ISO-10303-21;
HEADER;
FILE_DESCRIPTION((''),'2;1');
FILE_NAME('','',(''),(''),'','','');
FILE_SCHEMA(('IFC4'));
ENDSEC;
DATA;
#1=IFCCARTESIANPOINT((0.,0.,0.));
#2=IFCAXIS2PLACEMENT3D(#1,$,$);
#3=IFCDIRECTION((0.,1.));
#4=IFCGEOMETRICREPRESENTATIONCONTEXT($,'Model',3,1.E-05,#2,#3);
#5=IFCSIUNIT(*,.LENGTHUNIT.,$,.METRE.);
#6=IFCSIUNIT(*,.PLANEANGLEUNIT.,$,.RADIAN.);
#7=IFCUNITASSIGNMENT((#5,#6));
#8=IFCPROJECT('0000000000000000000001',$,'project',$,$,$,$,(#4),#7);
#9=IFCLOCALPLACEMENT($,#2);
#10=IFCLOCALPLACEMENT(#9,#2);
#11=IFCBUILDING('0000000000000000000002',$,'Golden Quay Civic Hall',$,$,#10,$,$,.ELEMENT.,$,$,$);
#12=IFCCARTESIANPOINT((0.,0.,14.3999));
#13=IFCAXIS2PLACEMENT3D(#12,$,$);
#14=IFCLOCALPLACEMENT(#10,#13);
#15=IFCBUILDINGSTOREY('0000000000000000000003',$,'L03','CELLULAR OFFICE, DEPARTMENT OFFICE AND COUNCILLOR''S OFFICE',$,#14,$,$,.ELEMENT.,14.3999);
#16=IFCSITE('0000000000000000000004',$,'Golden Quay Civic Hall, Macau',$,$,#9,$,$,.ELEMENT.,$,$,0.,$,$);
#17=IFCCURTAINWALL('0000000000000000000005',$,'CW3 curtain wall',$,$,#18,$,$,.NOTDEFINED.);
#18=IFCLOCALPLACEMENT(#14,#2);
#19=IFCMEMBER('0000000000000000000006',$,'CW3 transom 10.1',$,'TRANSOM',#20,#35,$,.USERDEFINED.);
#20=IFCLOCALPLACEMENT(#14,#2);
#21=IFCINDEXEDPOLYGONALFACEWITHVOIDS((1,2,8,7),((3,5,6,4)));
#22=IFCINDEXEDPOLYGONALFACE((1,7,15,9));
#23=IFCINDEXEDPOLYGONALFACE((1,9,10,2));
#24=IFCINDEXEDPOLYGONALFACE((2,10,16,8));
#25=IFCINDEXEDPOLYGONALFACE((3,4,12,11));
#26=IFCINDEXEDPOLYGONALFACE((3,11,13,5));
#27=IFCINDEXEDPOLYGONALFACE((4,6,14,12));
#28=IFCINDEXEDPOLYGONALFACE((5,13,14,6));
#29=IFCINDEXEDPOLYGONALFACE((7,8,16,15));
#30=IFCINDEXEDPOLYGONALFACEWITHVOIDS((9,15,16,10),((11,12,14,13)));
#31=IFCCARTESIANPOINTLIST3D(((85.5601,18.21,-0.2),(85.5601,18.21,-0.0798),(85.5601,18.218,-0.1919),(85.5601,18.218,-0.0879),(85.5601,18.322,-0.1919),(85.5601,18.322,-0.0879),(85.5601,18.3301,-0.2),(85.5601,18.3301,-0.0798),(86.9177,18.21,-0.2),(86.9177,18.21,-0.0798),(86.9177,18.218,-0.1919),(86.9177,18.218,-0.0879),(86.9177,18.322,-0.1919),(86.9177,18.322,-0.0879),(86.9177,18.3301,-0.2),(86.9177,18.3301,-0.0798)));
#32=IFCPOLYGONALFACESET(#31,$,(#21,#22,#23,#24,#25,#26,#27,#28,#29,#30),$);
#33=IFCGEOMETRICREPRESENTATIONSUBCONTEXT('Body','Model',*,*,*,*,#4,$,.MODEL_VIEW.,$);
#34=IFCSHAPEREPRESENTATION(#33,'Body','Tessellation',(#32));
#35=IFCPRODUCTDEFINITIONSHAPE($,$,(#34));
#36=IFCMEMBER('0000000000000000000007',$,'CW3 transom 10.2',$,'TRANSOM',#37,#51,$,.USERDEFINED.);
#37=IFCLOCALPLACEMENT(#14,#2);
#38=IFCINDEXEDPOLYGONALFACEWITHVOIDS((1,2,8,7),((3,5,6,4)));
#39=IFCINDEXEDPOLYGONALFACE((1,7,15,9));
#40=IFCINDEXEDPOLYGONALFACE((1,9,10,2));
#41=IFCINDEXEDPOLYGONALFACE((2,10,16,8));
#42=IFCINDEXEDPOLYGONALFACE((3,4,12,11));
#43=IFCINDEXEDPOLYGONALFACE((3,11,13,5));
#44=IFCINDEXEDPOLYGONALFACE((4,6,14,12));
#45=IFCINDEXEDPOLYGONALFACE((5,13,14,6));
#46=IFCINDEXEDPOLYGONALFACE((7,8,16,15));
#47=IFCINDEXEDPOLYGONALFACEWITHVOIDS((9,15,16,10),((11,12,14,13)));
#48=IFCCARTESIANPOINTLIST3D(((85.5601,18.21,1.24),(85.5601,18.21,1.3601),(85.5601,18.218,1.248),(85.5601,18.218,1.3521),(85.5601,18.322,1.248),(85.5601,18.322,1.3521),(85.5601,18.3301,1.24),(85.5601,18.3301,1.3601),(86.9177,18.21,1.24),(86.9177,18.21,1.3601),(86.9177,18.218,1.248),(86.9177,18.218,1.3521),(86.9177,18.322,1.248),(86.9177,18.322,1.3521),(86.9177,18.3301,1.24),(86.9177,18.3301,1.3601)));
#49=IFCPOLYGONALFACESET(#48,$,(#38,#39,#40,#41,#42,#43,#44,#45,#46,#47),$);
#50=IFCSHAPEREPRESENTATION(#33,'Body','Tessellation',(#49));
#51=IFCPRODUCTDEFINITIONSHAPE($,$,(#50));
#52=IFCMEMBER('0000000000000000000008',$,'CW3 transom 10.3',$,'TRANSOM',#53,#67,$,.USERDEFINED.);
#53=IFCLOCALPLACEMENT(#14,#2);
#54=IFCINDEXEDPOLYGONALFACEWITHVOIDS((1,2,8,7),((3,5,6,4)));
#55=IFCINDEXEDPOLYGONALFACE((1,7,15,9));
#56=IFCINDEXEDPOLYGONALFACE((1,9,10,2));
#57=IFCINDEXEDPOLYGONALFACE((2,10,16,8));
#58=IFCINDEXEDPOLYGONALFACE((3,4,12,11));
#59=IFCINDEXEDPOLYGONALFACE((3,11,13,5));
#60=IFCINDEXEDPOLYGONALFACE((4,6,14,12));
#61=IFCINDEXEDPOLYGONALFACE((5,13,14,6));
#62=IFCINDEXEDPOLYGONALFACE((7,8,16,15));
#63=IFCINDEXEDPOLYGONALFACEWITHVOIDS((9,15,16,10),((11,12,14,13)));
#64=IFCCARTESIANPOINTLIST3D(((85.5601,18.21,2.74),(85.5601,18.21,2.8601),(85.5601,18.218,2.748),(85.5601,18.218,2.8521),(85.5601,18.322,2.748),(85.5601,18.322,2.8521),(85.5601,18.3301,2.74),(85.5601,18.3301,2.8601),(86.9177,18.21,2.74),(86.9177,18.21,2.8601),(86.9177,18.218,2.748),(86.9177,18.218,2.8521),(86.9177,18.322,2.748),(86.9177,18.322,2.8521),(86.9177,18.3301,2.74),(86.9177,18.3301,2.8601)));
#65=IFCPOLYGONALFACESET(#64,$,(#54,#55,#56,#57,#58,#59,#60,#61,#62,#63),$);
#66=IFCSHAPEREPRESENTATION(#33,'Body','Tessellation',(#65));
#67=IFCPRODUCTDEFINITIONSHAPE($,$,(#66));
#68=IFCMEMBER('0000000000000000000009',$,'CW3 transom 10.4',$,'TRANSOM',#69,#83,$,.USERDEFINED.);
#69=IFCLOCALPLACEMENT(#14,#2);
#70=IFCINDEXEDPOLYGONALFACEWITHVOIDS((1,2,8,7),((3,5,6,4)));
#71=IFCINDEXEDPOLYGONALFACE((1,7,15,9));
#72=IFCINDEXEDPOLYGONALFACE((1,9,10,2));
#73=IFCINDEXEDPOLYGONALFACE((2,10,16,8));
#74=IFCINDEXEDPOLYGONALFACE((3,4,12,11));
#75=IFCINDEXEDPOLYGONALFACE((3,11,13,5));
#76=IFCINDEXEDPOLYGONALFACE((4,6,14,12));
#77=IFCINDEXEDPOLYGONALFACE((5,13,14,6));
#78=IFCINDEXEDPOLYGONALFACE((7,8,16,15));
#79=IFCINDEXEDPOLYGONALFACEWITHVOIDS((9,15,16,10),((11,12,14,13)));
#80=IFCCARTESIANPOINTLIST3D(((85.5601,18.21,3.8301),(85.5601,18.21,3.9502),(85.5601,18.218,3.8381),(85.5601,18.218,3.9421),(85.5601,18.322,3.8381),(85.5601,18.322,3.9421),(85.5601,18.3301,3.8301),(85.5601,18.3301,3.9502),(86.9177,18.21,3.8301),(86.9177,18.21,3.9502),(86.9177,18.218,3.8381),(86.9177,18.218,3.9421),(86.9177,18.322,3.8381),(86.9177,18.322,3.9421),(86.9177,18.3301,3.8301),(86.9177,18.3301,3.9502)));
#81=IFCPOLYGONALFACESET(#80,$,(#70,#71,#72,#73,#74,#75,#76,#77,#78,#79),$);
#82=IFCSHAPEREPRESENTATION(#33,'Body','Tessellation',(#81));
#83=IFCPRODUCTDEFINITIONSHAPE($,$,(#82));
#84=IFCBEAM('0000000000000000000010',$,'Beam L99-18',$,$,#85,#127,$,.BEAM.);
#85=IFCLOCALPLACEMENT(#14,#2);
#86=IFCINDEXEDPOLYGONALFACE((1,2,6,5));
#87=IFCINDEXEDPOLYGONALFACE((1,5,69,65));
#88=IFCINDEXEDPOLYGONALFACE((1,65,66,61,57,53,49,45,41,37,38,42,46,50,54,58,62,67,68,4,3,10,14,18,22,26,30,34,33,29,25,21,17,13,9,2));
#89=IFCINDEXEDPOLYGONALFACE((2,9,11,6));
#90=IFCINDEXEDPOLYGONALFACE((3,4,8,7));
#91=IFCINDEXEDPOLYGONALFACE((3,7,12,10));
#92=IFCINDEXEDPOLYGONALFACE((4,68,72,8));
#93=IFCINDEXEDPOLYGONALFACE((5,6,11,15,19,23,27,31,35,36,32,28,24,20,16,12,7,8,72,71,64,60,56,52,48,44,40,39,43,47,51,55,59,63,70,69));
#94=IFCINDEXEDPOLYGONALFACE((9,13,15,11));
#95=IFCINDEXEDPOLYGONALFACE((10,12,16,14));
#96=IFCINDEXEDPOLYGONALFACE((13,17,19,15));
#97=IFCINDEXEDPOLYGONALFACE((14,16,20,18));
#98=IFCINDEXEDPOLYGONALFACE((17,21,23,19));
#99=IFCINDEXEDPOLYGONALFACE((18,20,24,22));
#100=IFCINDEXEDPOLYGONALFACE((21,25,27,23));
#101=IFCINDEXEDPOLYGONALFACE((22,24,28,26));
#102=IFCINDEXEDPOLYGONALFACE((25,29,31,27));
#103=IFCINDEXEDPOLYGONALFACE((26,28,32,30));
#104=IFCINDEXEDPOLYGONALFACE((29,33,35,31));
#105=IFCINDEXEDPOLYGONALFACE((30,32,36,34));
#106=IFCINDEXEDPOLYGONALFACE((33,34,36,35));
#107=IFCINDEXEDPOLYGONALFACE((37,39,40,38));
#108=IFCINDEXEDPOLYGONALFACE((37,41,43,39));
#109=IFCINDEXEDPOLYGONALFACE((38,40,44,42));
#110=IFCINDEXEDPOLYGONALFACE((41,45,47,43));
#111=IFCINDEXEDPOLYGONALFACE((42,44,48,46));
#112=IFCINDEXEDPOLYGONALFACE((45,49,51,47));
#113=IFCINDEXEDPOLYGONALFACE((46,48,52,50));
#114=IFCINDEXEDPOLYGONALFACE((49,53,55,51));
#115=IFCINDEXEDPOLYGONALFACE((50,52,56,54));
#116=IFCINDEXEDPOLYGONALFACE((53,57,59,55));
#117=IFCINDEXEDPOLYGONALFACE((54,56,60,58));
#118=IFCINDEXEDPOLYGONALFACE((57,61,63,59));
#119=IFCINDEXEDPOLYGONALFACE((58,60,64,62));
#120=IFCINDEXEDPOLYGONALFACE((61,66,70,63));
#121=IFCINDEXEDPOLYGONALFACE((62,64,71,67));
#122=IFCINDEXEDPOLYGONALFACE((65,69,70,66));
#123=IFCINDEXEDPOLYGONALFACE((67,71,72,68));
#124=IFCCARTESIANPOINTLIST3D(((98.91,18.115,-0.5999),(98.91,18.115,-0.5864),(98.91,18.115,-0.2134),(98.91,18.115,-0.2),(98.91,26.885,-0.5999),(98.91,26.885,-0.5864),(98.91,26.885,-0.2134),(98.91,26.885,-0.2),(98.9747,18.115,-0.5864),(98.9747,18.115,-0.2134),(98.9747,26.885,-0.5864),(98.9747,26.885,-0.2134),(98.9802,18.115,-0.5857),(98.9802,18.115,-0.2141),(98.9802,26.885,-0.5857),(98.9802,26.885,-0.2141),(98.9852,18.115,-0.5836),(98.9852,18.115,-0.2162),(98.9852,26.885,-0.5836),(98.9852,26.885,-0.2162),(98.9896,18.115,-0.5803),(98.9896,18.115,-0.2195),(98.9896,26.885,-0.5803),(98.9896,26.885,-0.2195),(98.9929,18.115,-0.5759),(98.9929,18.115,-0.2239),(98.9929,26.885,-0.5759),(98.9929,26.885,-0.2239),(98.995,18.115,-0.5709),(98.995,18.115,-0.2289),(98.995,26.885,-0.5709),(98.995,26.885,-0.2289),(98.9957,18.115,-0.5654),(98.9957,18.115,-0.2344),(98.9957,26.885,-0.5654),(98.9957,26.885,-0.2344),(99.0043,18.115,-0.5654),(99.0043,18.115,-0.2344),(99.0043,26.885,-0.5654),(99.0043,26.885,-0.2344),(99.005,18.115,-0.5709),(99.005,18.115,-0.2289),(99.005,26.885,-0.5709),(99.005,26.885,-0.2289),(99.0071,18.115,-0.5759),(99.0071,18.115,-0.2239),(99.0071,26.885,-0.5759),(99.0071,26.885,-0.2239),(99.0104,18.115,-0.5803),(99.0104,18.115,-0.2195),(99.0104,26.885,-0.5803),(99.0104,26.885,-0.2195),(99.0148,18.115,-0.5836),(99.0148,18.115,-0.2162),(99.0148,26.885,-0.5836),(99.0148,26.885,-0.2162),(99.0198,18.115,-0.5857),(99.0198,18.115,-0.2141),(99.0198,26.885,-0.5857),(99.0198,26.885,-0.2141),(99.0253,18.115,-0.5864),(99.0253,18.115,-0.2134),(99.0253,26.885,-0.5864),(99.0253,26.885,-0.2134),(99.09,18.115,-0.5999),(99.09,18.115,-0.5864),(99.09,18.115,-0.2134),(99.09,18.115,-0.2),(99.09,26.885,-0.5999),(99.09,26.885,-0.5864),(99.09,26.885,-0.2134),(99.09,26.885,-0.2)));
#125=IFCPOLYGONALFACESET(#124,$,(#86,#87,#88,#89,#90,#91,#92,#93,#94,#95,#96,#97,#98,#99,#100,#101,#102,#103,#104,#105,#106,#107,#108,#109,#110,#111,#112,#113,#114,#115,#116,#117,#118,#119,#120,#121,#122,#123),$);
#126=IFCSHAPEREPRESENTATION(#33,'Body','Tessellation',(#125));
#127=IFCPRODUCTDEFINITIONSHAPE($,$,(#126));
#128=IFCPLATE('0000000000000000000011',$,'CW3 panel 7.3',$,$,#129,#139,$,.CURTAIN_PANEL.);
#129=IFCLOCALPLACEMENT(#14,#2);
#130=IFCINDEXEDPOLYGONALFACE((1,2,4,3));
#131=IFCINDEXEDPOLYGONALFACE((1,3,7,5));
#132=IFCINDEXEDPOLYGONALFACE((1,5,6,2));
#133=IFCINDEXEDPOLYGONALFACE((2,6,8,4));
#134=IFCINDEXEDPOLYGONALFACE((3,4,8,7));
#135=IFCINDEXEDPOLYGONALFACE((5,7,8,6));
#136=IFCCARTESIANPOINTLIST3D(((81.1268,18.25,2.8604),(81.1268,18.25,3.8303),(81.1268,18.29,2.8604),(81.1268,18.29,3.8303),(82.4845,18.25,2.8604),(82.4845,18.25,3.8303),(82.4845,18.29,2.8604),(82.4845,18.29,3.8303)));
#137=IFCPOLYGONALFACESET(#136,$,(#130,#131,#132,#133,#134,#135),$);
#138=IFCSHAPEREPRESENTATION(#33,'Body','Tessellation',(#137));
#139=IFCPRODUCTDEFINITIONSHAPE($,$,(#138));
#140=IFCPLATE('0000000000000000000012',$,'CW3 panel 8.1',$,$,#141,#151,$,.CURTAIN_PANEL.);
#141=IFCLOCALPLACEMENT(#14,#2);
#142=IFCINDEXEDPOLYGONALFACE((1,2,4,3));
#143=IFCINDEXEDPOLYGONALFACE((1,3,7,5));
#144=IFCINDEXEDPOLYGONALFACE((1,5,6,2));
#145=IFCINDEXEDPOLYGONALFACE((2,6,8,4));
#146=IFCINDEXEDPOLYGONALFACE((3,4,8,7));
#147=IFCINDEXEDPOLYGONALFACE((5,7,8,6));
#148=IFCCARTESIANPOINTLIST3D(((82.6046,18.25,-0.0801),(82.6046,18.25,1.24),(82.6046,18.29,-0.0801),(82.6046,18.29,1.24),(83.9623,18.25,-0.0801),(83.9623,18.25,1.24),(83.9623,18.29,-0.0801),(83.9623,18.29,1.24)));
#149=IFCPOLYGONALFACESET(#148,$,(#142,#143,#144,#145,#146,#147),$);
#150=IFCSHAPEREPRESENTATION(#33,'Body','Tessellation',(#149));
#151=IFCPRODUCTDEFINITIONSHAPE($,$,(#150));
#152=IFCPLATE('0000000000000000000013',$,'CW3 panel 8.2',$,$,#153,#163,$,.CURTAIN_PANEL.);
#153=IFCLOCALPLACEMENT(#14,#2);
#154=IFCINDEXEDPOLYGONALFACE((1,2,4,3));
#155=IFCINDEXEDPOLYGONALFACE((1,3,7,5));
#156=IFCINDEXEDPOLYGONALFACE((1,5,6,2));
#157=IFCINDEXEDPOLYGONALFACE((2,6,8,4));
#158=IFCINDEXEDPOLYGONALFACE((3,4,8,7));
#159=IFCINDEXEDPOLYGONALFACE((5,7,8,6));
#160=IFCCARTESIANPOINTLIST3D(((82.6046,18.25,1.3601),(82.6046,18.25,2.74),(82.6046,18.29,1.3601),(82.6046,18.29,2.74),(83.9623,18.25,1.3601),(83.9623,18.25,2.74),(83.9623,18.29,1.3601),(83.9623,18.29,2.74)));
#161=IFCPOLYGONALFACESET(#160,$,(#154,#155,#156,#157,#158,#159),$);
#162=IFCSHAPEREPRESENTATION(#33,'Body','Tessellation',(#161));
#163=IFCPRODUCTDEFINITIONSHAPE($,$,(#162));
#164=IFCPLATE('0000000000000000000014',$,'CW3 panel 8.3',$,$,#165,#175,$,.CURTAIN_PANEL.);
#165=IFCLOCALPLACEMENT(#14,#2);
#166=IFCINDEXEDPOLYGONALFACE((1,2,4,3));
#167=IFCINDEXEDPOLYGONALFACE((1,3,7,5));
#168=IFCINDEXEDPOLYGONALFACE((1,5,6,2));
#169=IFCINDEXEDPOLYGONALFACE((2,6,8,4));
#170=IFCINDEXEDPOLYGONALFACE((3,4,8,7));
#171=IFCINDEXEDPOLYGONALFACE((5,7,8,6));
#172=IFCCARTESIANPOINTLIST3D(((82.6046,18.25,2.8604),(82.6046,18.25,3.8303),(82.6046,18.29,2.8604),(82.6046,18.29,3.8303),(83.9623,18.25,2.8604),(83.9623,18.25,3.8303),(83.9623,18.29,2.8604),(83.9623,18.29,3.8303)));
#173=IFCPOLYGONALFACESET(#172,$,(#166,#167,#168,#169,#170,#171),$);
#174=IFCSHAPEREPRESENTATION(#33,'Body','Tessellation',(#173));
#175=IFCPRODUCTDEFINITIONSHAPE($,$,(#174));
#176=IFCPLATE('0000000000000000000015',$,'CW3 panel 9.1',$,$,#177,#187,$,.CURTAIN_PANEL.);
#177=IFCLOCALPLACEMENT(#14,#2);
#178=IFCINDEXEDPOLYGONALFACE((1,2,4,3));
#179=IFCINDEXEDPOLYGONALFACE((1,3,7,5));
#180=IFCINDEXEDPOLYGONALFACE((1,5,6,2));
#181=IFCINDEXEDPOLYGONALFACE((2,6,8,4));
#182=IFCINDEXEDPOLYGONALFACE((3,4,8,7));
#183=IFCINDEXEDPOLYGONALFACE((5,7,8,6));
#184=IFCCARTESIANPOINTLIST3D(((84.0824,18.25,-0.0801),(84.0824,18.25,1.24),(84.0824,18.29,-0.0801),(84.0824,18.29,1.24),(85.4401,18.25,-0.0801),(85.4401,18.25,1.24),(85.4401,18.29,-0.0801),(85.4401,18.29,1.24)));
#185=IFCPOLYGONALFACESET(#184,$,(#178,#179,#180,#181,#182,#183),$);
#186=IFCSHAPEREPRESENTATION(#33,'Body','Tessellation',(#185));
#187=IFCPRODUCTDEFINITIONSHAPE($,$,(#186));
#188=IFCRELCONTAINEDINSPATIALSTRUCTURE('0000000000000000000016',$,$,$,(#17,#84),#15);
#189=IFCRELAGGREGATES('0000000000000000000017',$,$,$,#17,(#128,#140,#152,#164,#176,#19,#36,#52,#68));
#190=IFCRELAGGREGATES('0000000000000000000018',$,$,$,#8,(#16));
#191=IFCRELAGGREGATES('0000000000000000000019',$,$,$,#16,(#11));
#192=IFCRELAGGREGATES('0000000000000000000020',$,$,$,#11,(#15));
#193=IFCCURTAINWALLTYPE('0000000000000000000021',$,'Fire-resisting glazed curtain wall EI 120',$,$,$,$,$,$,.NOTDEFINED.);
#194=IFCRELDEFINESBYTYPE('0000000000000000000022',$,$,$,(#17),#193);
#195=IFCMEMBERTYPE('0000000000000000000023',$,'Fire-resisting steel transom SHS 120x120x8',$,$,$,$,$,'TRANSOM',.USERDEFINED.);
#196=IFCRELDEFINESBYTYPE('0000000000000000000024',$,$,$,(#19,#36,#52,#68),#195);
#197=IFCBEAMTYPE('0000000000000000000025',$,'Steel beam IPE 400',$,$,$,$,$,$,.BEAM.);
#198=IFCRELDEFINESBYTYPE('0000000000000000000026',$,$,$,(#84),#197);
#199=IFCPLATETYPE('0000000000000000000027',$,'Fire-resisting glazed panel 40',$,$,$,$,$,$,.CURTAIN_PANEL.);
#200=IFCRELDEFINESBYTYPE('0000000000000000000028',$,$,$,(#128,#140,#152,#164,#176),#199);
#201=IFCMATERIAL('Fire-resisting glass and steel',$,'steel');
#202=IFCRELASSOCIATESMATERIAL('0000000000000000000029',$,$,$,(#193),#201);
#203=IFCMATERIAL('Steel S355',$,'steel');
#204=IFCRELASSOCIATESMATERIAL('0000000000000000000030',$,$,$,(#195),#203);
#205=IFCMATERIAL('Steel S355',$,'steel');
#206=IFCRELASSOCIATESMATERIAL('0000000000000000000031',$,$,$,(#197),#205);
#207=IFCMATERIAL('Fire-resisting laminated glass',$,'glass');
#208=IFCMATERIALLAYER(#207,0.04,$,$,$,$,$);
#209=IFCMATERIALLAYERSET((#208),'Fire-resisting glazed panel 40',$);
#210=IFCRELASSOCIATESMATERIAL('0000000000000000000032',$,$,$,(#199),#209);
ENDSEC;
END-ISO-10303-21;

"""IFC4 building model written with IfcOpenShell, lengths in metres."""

from ifc_helpers import new_model, si_unit, direction, frame, origin, origin_2d, place, context, subcontext, project, spatial, rectangle, hollow_rectangle, i_section, extrude, material, layer, layer_set, material_profile, profile_set, type_object, element, aggregate, save


model = new_model("IFC4")

# Units and contexts
model_context = context("Model", 3, precision=1e-05, world=origin(), true_north=direction((0.0, 1.0)))
body_context = subcontext(model_context, "Body", "Model", "MODEL_VIEW")
ifc_project = project(units=[si_unit("LENGTHUNIT", "METRE"), si_unit("PLANEANGLEUNIT", "RADIAN")], contexts=[model_context])

# Site, building, storey
site_placement = place(None, origin())
site = spatial("IfcSite", under=ifc_project, at=site_placement, Name="Golden Quay Civic Hall, Macau", CompositionType="ELEMENT", RefElevation=0.0)
building_placement = place(site_placement, origin())
building = spatial("IfcBuilding", under=site, at=building_placement, Name="Golden Quay Civic Hall", CompositionType="ELEMENT")
storey_placement = place(building_placement, frame((0.0, 0.0, 14.3999)))
storey = spatial("IfcBuildingStorey", under=building, at=storey_placement, Name="L03", Description="CELLULAR OFFICE, DEPARTMENT OFFICE AND COUNCILLOR'S OFFICE", CompositionType="ELEMENT", Elevation=14.3999)

# Curtain wall, members
ifc_material_1 = material(Name="Fire-resisting glass and steel", Category="steel")
curtain_wall_type = type_object("IfcCurtainWallType", Name="Fire-resisting glazed curtain wall EI 120", PredefinedType="NOTDEFINED", material=ifc_material_1)
curtain_wall_placement = place(storey_placement, origin())
curtain_wall = element("IfcCurtainWall", 1, at=curtain_wall_placement, inside=storey, type_object=curtain_wall_type, Name="CW3 curtain wall", PredefinedType="NOTDEFINED")
ifc_material_2 = material(Name="Steel S355", Category="steel")
ifc_material_profile_1 = material_profile(ifc_material_2, hollow_rectangle(XDim=0.1201, YDim=0.1201, WallThickness=0.0081, at=origin_2d()), Name="SHS 120x120x8")
ifc_profile_set_1 = profile_set([ifc_material_profile_1], Name="Steel S355")
member_type_1 = type_object("IfcMemberType", Name="Fire-resisting steel transom SHS 120x120x8", ElementType="TRANSOM", PredefinedType="USERDEFINED", material=ifc_profile_set_1)
member_1_placement = place(storey_placement, frame((85.5601, 18.27, -0.1399), z_axis=(1.0, 0.0, 0.0), x_axis=(0.0, 1.0, 0.0)))
member_1 = element("IfcMember", 2, at=member_1_placement, type_object=member_type_1, Name="CW3 transom 10.1", ObjectType="TRANSOM", PredefinedType="USERDEFINED", context=body_context, shape_type="SweptSolid", body=[
    extrude(hollow_rectangle(XDim=0.1201, YDim=0.1201, WallThickness=0.0081, at=origin_2d()), origin(), (0.0, 0.0, 1.0), 1.3577),
])
member_2_placement = place(storey_placement, frame((85.5601, 18.27, 1.3), z_axis=(1.0, 0.0, 0.0), x_axis=(0.0, 1.0, 0.0)))
member_2 = element("IfcMember", 3, at=member_2_placement, type_object=member_type_1, Name="CW3 transom 10.2", ObjectType="TRANSOM", PredefinedType="USERDEFINED", context=body_context, shape_type="SweptSolid", body=[
    extrude(hollow_rectangle(XDim=0.1201, YDim=0.1201, WallThickness=0.0081, at=origin_2d()), origin(), (0.0, 0.0, 1.0), 1.3577),
])
member_3_placement = place(storey_placement, frame((85.5601, 18.27, 2.8), z_axis=(1.0, 0.0, 0.0), x_axis=(0.0, 1.0, 0.0)))
member_3 = element("IfcMember", 4, at=member_3_placement, type_object=member_type_1, Name="CW3 transom 10.3", ObjectType="TRANSOM", PredefinedType="USERDEFINED", context=body_context, shape_type="SweptSolid", body=[
    extrude(hollow_rectangle(XDim=0.1201, YDim=0.1201, WallThickness=0.0081, at=origin_2d()), origin(), (0.0, 0.0, 1.0), 1.3577),
])
member_4_placement = place(storey_placement, frame((85.5601, 18.27, 3.8901), z_axis=(1.0, 0.0, 0.0), x_axis=(0.0, 1.0, 0.0)))
member_4 = element("IfcMember", 5, at=member_4_placement, type_object=member_type_1, Name="CW3 transom 10.4", ObjectType="TRANSOM", PredefinedType="USERDEFINED", context=body_context, shape_type="SweptSolid", body=[
    extrude(hollow_rectangle(XDim=0.1201, YDim=0.1201, WallThickness=0.0081, at=origin_2d()), origin(), (0.0, 0.0, 1.0), 1.3577),
])

# Beam
ifc_material_3 = material(Name="Steel S355", Category="steel")
ifc_material_profile_2 = material_profile(ifc_material_3, i_section(OverallWidth=0.1799, OverallDepth=0.3999, WebThickness=0.0085, FlangeThickness=0.0134, FilletRadius=0.021, at=origin_2d()), Name="IPE 400")
ifc_profile_set_2 = profile_set([ifc_material_profile_2], Name="Steel S355")
beam_type = type_object("IfcBeamType", Name="Steel beam IPE 400", PredefinedType="BEAM", material=ifc_profile_set_2)
beam_placement = place(storey_placement, frame((99.0, 18.115, -0.3999), z_axis=(0.0, 1.0, 0.0), x_axis=(-1.0, 0.0, 0.0)))
element("IfcBeam", 6, at=beam_placement, inside=storey, type_object=beam_type, Name="Beam L99-18", PredefinedType="BEAM", context=body_context, shape_type="SweptSolid", body=[
    extrude(i_section(OverallWidth=0.1799, OverallDepth=0.3999, WebThickness=0.0085, FlangeThickness=0.0134, FilletRadius=0.021, at=origin_2d()), origin(), (0.0, 0.0, 1.0), 8.77),
])

# Plates
ifc_material_4 = material(Name="Fire-resisting laminated glass", Category="glass")
ifc_layer_1 = layer(ifc_material_4, 0.04)
ifc_layer_set_1 = layer_set([ifc_layer_1], Name="Fire-resisting glazed panel 40")
plate_type = type_object("IfcPlateType", Name="Fire-resisting glazed panel 40", PredefinedType="CURTAIN_PANEL", material=ifc_layer_set_1)
plate_1_placement = place(storey_placement, frame((81.8057, 18.27, 2.8604), z_axis=(0.0, 0.0, 1.0), x_axis=(1.0, 0.0, 0.0)))
plate_1 = element("IfcPlate", 7, at=plate_1_placement, type_object=plate_type, Name="CW3 panel 7.3", PredefinedType="CURTAIN_PANEL", context=body_context, shape_type="SweptSolid", body=[
    extrude(rectangle(XDim=1.3577, YDim=0.04, at=origin_2d()), origin(), (0.0, 0.0, 1.0), 0.97),
])
plate_2_placement = place(storey_placement, frame((83.2834, 18.27, -0.0801), z_axis=(0.0, 0.0, 1.0), x_axis=(1.0, 0.0, 0.0)))
plate_2 = element("IfcPlate", 8, at=plate_2_placement, type_object=plate_type, Name="CW3 panel 8.1", PredefinedType="CURTAIN_PANEL", context=body_context, shape_type="SweptSolid", body=[
    extrude(rectangle(XDim=1.3577, YDim=0.04, at=origin_2d()), origin(), (0.0, 0.0, 1.0), 1.3201),
])
plate_3_placement = place(storey_placement, frame((83.2834, 18.27, 1.3601), z_axis=(0.0, 0.0, 1.0), x_axis=(1.0, 0.0, 0.0)))
plate_3 = element("IfcPlate", 9, at=plate_3_placement, type_object=plate_type, Name="CW3 panel 8.2", PredefinedType="CURTAIN_PANEL", context=body_context, shape_type="SweptSolid", body=[
    extrude(rectangle(XDim=1.3577, YDim=0.04, at=origin_2d()), origin(), (0.0, 0.0, 1.0), 1.3799),
])
plate_4_placement = place(storey_placement, frame((83.2834, 18.27, 2.8604), z_axis=(0.0, 0.0, 1.0), x_axis=(1.0, 0.0, 0.0)))
plate_4 = element("IfcPlate", 10, at=plate_4_placement, type_object=plate_type, Name="CW3 panel 8.3", PredefinedType="CURTAIN_PANEL", context=body_context, shape_type="SweptSolid", body=[
    extrude(rectangle(XDim=1.3577, YDim=0.04, at=origin_2d()), origin(), (0.0, 0.0, 1.0), 0.97),
])
plate_5_placement = place(storey_placement, frame((84.7612, 18.27, -0.0801), z_axis=(0.0, 0.0, 1.0), x_axis=(1.0, 0.0, 0.0)))
plate_5 = element("IfcPlate", 11, at=plate_5_placement, type_object=plate_type, Name="CW3 panel 9.1", PredefinedType="CURTAIN_PANEL", context=body_context, shape_type="SweptSolid", body=[
    extrude(rectangle(XDim=1.3577, YDim=0.04, at=origin_2d()), origin(), (0.0, 0.0, 1.0), 1.3201),
])
aggregate(curtain_wall, [plate_1, plate_2, plate_3, plate_4, plate_5, member_1, member_2, member_3, member_4])

save(model, "model.ifc")
